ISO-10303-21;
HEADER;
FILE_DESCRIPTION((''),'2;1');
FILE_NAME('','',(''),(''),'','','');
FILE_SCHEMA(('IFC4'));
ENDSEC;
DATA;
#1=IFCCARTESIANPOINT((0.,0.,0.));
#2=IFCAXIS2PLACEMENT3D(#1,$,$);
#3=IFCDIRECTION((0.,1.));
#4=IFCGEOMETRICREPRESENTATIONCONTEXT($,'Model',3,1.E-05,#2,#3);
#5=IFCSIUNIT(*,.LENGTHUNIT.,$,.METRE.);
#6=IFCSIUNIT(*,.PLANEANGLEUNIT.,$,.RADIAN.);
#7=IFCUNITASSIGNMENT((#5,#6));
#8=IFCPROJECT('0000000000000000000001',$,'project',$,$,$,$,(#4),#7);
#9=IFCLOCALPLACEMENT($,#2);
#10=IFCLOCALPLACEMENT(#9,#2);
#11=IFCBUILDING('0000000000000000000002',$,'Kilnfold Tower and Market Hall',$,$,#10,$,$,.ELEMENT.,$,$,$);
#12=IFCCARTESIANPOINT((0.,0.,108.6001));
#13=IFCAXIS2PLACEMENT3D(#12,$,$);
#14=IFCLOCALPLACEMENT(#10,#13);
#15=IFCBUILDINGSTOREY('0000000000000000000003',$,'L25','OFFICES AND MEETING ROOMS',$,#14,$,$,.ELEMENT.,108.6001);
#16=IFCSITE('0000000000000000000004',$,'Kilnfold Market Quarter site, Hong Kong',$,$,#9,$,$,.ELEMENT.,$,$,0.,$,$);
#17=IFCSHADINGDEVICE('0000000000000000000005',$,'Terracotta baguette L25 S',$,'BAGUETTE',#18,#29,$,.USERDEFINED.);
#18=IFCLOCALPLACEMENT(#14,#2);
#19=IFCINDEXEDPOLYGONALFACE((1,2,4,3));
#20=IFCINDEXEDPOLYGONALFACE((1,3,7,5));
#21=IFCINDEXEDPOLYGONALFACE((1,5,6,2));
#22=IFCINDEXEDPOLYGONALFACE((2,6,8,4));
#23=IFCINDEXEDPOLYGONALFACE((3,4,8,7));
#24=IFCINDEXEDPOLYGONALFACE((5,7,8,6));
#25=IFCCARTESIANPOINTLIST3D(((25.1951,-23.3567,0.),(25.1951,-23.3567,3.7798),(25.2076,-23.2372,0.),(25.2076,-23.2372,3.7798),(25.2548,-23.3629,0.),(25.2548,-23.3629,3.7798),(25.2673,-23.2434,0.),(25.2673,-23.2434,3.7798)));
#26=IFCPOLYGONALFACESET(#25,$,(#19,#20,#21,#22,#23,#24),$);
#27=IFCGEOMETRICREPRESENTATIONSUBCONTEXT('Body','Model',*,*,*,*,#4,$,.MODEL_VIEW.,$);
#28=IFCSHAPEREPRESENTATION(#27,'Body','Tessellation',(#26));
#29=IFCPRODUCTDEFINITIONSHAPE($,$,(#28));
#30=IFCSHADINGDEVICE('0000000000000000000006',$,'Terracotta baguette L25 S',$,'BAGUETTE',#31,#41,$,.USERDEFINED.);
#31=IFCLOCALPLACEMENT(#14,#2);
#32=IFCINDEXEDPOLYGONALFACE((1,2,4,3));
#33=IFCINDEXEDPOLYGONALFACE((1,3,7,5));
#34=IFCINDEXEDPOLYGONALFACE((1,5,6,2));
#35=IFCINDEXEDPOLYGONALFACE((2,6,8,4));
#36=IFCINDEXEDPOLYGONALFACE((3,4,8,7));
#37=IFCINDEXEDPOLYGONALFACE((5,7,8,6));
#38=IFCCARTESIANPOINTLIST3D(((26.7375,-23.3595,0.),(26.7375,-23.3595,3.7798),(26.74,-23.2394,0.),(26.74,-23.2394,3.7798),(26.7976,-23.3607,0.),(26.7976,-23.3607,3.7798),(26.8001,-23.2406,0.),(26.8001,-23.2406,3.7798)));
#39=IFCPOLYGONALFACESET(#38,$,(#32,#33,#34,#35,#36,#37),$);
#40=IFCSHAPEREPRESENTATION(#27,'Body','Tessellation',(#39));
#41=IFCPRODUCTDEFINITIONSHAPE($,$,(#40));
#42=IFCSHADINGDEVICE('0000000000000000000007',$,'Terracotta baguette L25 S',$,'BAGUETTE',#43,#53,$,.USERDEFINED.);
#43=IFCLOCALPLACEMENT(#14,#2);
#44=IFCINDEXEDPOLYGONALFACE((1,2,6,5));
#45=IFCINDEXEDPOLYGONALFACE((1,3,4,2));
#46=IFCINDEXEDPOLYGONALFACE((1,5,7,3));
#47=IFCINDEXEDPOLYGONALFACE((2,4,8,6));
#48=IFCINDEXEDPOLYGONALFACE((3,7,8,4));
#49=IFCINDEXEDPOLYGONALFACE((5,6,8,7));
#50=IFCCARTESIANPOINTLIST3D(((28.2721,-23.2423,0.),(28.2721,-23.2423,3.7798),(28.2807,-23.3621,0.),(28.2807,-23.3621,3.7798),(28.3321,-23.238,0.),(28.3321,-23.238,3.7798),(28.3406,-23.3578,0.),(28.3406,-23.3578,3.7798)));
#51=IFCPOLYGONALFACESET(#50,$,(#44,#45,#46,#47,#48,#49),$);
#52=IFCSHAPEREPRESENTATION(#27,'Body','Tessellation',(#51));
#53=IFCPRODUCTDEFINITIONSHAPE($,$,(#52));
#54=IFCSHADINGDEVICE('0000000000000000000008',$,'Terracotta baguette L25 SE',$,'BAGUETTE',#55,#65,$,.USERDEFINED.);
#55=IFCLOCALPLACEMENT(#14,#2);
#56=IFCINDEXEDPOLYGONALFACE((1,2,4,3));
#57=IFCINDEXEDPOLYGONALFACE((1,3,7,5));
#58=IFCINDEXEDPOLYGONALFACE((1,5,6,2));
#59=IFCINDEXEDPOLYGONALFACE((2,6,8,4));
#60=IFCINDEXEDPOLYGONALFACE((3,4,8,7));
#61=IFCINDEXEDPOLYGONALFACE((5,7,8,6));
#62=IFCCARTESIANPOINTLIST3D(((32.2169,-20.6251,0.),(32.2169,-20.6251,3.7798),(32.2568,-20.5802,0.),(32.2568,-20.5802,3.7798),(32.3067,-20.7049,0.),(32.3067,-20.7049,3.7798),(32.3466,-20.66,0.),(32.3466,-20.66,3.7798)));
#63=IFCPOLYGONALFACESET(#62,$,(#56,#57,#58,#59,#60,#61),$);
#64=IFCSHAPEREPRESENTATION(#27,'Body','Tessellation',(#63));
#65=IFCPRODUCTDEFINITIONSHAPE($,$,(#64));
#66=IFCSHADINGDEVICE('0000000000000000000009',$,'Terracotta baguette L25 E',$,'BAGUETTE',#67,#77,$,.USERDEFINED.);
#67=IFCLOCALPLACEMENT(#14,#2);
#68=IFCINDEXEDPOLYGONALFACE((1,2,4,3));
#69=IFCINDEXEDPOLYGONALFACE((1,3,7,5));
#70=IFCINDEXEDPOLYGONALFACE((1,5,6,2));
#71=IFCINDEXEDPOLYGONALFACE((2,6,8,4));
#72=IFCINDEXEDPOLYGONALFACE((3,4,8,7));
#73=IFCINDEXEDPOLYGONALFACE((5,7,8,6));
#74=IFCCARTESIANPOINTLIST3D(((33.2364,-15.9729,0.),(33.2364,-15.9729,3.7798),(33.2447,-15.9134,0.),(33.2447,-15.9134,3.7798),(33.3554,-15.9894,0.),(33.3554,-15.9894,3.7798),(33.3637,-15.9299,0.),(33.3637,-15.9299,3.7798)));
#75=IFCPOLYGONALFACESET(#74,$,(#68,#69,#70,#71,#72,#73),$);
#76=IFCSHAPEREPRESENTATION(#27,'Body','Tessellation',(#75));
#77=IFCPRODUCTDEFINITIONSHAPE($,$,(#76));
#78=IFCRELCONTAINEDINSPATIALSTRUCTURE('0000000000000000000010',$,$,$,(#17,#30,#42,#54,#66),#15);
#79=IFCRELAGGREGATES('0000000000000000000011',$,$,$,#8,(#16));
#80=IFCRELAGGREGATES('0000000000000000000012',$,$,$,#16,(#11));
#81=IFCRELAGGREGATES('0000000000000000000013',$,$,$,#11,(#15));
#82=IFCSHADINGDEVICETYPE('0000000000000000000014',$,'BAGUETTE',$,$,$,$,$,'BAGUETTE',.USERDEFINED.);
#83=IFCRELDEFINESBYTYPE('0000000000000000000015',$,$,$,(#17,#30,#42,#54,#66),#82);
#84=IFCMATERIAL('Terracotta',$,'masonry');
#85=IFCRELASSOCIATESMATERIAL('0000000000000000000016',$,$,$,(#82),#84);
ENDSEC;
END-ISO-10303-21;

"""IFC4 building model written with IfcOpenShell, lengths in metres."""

from ifc_helpers import new_model, si_unit, direction, frame, origin, origin_2d, place, context, subcontext, project, spatial, rectangle, extrude, source, transform, mapped, material, material_profile, profile_set, type_object, element, save


model = new_model("IFC4")

# Units and contexts
model_context = context("Model", 3, precision=1e-05, world=origin(), true_north=direction((0.0, 1.0)))
body_context = subcontext(model_context, "Body", "Model", "MODEL_VIEW")
ifc_project = project(units=[si_unit("LENGTHUNIT", "METRE"), si_unit("PLANEANGLEUNIT", "RADIAN")], contexts=[model_context])

# Site, building, storey
site_placement = place(None, origin())
site = spatial("IfcSite", under=ifc_project, at=site_placement, Name="Kilnfold Market Quarter site, Hong Kong", CompositionType="ELEMENT", RefElevation=0.0)
building_placement = place(site_placement, origin())
building = spatial("IfcBuilding", under=site, at=building_placement, Name="Kilnfold Tower and Market Hall", CompositionType="ELEMENT")
storey_placement = place(building_placement, frame((0.0, 0.0, 108.6001)))
storey = spatial("IfcBuildingStorey", under=building, at=storey_placement, Name="L25", Description="OFFICES AND MEETING ROOMS", CompositionType="ELEMENT", Elevation=108.6001)

# Shading devices
ifc_material_1 = material(Name="Terracotta", Category="masonry")
ifc_material_profile_1 = material_profile(ifc_material_1, rectangle(XDim=0.0601, YDim=0.1201, at=origin_2d()), Name="BAG 60x120")
ifc_profile_set_1 = profile_set([ifc_material_profile_1], Name="Terracotta")
shading_device_type = type_object("IfcShadingDeviceType", Name="BAGUETTE", ElementType="BAGUETTE", PredefinedType="USERDEFINED", material=ifc_profile_set_1)
shared_shape_1 = source(origin(), body_context, "Body", "SweptSolid", [
    extrude(rectangle(XDim=0.0601, YDim=0.1201, at=origin_2d()), origin(), (0.0, 0.0, 1.0), 3.7798),
])
for number, where, z_axis, x_axis, name in (
    (1, (25.2312, -23.3, 0.0), (0.0, 0.0, 1.0), (0.994586, -0.103912, 0.0), "Terracotta baguette L25 S"),
    (2, (26.7688, -23.3, 0.0), (0.0, 0.0, 1.0), (0.999778, -0.021051, 0.0), "Terracotta baguette L25 S"),
    (3, (28.3064, -23.3, 0.0), (0.0, 0.0, 1.0), (0.997436, 0.071567, 0.0), "Terracotta baguette L25 S"),
    (4, (32.2817, -20.6426, 0.0), (0.0, 0.0, 1.0), (0.664182, 0.747571, 0.0), "Terracotta baguette L25 SE"),
    (5, (33.3, -15.9514, 0.0), (0.0, 0.0, 1.0), (0.137037, 0.990566, 0.0), "Terracotta baguette L25 E"),
):
    element("IfcShadingDevice", number, at=place(storey_placement, frame(where, z_axis=z_axis, x_axis=x_axis)), inside=storey, type_object=shading_device_type, Name=name, ObjectType="BAGUETTE", PredefinedType="USERDEFINED", context=body_context, shape_type="MappedRepresentation", body=[
        mapped(shared_shape_1, transform((0.0, 0.0, 0.0))),
    ])

save(model, "model.ifc")
